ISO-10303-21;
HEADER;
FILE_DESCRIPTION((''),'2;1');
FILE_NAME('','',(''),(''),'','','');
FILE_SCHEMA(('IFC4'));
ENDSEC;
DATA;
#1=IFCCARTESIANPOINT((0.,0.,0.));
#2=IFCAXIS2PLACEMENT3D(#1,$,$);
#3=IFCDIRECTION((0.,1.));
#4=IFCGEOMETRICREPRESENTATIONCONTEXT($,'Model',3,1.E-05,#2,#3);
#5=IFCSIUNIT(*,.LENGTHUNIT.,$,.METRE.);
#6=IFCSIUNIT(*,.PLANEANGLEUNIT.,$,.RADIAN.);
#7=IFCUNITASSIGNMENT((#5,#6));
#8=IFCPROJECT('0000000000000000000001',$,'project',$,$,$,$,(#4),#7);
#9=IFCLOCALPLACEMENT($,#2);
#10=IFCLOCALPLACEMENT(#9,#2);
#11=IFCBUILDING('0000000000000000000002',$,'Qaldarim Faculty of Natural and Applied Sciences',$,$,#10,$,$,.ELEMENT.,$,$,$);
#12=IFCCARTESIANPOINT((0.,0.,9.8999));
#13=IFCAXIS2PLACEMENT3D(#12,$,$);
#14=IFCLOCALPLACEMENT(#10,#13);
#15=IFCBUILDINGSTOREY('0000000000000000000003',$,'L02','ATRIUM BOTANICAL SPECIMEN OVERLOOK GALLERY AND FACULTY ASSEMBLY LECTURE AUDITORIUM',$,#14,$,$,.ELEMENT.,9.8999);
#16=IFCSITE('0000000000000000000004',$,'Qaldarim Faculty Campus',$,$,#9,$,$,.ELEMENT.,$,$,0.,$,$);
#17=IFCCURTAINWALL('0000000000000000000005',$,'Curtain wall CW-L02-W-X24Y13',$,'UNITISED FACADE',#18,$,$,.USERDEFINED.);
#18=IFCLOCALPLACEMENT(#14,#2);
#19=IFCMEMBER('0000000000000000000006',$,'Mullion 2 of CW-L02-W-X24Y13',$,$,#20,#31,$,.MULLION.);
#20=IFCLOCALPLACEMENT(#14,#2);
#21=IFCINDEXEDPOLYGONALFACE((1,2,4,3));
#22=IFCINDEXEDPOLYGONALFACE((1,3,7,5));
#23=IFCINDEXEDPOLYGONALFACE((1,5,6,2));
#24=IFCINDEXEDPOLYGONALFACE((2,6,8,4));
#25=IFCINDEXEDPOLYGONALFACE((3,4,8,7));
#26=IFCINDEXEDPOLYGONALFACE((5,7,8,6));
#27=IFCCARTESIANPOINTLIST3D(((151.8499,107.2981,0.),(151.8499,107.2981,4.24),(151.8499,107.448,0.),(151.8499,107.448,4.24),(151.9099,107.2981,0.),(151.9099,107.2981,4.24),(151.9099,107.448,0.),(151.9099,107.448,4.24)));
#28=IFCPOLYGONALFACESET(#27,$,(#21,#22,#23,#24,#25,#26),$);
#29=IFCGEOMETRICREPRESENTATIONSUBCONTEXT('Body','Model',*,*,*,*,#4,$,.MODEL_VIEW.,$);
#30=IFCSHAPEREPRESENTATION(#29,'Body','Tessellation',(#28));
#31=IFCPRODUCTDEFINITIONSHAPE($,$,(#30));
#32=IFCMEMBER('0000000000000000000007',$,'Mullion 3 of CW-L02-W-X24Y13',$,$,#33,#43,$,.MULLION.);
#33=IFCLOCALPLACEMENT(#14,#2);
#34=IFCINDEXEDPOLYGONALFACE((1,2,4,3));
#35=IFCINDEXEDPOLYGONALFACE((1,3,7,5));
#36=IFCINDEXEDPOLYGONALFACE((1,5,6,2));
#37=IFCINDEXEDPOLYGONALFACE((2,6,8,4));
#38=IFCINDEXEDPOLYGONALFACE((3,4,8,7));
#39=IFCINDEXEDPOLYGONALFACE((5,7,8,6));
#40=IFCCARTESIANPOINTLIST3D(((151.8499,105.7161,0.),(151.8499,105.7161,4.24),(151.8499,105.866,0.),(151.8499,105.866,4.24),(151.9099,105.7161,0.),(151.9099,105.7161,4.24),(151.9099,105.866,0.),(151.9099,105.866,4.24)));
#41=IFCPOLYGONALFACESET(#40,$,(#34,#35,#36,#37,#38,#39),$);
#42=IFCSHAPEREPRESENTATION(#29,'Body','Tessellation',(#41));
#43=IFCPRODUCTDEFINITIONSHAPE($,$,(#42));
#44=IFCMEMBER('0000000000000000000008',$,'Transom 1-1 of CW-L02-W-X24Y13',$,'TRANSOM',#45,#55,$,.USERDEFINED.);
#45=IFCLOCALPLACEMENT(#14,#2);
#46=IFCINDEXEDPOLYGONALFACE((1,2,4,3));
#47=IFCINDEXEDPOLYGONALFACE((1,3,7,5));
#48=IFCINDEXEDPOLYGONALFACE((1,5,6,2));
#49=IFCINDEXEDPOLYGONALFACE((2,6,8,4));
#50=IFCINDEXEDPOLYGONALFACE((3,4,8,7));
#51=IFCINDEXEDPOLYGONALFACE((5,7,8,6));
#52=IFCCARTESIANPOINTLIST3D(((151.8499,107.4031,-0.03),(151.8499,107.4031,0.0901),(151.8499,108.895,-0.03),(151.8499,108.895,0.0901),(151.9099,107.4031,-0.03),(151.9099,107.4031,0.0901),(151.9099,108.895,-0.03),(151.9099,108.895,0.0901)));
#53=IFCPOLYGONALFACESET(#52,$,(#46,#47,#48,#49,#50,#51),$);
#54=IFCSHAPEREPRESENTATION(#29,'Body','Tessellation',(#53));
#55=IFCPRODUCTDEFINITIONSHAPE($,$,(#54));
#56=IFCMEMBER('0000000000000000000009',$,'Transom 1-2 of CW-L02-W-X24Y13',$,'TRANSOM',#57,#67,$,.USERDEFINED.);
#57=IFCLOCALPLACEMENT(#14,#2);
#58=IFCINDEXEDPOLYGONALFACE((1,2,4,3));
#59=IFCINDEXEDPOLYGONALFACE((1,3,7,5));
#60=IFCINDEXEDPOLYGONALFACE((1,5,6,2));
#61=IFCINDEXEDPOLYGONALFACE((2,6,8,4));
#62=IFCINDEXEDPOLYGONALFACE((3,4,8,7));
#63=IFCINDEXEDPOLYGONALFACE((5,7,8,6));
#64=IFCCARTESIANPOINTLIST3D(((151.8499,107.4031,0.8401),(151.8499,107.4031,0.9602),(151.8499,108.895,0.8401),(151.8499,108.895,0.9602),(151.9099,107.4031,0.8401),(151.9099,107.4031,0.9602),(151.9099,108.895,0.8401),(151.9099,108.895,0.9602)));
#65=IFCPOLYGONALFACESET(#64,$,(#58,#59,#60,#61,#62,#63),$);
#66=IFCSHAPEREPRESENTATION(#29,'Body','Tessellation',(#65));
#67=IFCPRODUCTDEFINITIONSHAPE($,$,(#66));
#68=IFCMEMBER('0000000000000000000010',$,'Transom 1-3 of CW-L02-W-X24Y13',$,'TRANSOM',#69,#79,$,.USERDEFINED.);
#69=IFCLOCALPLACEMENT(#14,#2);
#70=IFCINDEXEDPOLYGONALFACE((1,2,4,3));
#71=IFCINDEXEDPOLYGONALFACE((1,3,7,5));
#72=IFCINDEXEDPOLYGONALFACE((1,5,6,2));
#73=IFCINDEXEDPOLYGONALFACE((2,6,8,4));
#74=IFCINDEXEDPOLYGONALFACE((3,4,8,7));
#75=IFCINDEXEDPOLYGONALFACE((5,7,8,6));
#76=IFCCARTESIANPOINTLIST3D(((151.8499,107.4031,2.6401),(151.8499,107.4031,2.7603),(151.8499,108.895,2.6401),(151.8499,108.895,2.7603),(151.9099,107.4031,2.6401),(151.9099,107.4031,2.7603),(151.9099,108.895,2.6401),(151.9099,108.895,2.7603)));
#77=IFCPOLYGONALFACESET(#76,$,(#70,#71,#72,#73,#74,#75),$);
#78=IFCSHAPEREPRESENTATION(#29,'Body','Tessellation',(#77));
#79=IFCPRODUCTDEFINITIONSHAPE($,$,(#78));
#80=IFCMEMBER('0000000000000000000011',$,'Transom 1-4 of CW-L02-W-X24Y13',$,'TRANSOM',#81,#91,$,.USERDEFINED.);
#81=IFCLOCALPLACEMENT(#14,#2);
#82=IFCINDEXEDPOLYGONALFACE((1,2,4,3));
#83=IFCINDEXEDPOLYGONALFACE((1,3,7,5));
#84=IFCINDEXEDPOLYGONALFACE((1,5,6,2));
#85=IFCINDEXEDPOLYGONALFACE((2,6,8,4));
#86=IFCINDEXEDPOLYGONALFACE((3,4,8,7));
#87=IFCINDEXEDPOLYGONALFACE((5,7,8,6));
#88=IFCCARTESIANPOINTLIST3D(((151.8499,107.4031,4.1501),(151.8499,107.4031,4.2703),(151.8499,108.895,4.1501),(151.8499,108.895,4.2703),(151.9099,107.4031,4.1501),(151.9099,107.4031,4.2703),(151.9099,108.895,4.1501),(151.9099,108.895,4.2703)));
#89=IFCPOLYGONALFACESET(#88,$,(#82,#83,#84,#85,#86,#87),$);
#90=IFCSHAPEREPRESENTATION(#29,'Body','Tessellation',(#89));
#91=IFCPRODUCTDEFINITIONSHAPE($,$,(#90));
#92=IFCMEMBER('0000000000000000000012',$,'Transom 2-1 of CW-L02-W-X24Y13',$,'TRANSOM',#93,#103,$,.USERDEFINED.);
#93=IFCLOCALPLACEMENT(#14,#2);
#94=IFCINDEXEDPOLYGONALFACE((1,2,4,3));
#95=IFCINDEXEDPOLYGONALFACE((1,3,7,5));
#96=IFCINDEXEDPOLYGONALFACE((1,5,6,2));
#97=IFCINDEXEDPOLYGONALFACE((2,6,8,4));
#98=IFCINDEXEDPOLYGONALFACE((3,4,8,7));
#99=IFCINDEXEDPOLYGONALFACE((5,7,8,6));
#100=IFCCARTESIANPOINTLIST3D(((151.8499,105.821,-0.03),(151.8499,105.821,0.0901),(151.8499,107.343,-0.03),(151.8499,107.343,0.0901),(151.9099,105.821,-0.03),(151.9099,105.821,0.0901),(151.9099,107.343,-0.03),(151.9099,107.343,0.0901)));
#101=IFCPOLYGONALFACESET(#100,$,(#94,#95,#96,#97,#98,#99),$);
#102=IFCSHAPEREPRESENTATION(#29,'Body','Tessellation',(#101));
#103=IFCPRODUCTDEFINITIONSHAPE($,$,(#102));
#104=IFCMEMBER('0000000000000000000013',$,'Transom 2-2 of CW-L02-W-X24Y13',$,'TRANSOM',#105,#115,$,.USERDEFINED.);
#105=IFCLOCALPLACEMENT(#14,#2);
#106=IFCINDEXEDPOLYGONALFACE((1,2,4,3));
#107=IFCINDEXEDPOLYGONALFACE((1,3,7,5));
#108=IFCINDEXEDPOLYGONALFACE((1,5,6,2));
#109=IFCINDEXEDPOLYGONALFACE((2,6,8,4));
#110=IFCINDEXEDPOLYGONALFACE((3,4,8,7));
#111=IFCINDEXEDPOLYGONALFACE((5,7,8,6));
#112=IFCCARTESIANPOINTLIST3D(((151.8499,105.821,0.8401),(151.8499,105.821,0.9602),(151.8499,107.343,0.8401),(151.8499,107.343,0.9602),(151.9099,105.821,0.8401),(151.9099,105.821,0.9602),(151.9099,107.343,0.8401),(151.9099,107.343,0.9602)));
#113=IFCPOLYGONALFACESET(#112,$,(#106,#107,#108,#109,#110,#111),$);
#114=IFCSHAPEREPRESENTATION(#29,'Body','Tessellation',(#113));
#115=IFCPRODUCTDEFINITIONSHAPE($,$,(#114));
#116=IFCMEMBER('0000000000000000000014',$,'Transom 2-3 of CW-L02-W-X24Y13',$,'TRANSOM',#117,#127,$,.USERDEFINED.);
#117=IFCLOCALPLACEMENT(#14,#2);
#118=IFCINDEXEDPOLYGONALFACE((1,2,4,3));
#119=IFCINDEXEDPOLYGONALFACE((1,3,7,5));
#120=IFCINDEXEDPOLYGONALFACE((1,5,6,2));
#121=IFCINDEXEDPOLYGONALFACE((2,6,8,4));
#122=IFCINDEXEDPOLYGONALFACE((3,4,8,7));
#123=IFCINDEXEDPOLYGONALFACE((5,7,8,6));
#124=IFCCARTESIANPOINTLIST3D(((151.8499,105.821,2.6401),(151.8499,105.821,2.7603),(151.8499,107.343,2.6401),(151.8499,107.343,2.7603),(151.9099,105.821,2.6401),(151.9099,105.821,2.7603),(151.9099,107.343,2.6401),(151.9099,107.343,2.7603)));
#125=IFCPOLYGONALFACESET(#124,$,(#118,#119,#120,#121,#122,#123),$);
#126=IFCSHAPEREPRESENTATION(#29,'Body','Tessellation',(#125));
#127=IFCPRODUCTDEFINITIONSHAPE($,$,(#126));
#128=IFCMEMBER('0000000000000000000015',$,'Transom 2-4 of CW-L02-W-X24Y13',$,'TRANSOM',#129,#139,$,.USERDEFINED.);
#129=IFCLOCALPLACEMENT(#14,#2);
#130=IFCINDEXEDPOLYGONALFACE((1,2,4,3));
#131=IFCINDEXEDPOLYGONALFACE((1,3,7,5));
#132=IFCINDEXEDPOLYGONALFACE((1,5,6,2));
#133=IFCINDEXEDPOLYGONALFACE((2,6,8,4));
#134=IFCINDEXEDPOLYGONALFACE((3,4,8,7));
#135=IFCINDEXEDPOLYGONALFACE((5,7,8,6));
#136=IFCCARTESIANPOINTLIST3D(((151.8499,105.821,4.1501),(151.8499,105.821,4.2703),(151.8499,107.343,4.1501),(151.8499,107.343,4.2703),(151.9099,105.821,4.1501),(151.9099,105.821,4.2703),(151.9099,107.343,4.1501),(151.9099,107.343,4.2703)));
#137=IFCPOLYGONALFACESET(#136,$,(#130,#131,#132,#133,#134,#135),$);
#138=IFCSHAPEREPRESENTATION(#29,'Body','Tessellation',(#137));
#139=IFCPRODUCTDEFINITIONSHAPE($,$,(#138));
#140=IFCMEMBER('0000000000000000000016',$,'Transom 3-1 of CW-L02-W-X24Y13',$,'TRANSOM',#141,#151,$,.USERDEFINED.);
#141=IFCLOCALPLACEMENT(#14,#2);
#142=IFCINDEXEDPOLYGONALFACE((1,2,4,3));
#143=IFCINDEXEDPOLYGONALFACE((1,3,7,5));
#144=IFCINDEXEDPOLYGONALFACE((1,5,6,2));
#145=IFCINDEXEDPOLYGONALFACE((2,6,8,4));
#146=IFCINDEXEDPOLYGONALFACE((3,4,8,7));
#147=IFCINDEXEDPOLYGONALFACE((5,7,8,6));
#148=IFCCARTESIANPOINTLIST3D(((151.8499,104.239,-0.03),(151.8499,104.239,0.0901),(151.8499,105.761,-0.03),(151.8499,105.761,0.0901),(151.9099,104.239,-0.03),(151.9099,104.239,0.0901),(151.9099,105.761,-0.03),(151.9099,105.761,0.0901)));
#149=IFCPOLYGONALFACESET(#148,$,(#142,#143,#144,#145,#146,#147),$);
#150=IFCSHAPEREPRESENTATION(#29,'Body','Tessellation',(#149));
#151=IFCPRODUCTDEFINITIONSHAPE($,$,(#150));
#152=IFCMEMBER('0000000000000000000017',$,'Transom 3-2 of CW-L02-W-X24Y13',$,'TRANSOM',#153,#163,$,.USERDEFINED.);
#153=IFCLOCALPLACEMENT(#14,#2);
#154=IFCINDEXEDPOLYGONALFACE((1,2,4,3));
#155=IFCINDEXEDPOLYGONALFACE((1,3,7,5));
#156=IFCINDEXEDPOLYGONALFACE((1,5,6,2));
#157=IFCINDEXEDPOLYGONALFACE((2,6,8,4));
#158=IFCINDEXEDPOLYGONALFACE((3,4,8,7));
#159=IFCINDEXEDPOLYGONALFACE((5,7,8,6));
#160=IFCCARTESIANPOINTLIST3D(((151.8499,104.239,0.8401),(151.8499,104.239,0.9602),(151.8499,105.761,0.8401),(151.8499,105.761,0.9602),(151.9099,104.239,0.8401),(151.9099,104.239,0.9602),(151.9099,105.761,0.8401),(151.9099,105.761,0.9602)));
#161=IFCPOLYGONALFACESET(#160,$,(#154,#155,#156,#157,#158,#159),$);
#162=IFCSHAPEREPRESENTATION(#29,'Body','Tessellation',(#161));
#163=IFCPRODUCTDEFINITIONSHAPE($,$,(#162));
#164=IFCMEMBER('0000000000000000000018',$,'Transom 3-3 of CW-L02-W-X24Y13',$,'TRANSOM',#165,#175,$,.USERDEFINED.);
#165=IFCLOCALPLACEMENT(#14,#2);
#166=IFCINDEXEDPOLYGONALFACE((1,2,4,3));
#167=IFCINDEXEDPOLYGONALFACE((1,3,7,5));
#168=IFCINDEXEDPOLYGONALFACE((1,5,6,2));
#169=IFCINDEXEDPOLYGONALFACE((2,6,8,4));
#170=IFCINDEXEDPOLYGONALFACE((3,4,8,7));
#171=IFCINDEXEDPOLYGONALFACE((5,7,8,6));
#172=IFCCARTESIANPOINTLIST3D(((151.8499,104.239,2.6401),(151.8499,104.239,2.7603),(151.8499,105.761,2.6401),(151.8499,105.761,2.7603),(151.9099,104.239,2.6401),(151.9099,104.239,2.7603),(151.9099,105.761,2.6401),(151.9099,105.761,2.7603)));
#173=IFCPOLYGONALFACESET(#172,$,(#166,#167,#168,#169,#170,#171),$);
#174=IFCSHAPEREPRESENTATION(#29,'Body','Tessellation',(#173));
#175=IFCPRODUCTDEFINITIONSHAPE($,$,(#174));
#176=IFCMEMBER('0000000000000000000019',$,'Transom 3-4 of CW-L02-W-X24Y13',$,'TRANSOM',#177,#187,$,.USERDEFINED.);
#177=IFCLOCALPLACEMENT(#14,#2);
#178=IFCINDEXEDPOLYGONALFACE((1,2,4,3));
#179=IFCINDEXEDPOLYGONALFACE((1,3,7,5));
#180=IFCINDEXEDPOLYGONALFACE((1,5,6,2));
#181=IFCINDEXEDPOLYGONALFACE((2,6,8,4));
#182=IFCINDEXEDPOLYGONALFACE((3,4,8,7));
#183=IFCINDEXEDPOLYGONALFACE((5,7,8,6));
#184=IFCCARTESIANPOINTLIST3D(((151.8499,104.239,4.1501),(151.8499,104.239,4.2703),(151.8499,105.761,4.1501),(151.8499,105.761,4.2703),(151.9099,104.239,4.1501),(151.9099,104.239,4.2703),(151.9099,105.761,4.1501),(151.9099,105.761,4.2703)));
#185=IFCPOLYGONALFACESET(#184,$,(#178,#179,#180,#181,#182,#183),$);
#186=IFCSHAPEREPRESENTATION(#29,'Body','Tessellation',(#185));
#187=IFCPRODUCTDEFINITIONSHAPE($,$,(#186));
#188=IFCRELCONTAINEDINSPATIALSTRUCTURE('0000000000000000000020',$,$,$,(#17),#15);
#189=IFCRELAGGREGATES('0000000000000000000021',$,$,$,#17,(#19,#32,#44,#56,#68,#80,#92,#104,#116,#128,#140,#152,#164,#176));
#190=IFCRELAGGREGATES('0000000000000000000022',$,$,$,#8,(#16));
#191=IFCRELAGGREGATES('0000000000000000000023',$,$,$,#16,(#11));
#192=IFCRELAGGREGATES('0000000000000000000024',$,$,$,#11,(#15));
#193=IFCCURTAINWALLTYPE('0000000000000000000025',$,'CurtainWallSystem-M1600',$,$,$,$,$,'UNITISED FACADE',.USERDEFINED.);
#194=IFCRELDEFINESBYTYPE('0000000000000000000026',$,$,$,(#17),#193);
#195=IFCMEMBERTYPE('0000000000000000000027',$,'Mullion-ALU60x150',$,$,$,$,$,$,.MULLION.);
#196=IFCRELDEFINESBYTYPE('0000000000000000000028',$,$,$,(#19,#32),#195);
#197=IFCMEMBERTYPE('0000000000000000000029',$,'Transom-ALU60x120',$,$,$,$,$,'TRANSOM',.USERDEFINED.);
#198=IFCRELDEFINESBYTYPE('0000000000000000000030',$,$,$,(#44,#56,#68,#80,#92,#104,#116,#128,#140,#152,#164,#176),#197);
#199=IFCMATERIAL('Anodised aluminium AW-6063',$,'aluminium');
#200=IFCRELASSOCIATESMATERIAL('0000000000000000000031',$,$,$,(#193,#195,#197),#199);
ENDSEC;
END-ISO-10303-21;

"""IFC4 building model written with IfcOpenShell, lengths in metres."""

from ifc_helpers import new_model, si_unit, direction, frame, origin, origin_2d, place, context, subcontext, project, spatial, rectangle, extrude, material, material_profile, profile_set, type_object, element, aggregate, save


model = new_model("IFC4")

# Units and contexts
model_context = context("Model", 3, precision=1e-05, world=origin(), true_north=direction((0.0, 1.0)))
body_context = subcontext(model_context, "Body", "Model", "MODEL_VIEW")
ifc_project = project(units=[si_unit("LENGTHUNIT", "METRE"), si_unit("PLANEANGLEUNIT", "RADIAN")], contexts=[model_context])

# Site, building, storey
site_placement = place(None, origin())
site = spatial("IfcSite", under=ifc_project, at=site_placement, Name="Qaldarim Faculty Campus", CompositionType="ELEMENT", RefElevation=0.0)
building_placement = place(site_placement, origin())
building = spatial("IfcBuilding", under=site, at=building_placement, Name="Qaldarim Faculty of Natural and Applied Sciences", CompositionType="ELEMENT")
storey_placement = place(building_placement, frame((0.0, 0.0, 9.8999)))
storey = spatial("IfcBuildingStorey", under=building, at=storey_placement, Name="L02", Description="ATRIUM BOTANICAL SPECIMEN OVERLOOK GALLERY AND FACULTY ASSEMBLY LECTURE AUDITORIUM", CompositionType="ELEMENT", Elevation=9.8999)

# Curtain wall, members
ifc_material_1 = material(Name="Anodised aluminium AW-6063", Category="aluminium")
curtain_wall_type = type_object("IfcCurtainWallType", Name="CurtainWallSystem-M1600", ElementType="UNITISED FACADE", PredefinedType="USERDEFINED", material=ifc_material_1)
curtain_wall_placement = place(storey_placement, origin())
curtain_wall = element("IfcCurtainWall", 1, at=curtain_wall_placement, inside=storey, type_object=curtain_wall_type, Name="Curtain wall CW-L02-W-X24Y13", ObjectType="UNITISED FACADE", PredefinedType="USERDEFINED")
ifc_material_profile_1 = material_profile(ifc_material_1, rectangle(XDim=0.0601, YDim=0.1499, at=origin_2d()), Name="ALU-M60x150")
ifc_profile_set_1 = profile_set([ifc_material_profile_1], Name="Anodised aluminium AW-6063")
member_type_1 = type_object("IfcMemberType", Name="Mullion-ALU60x150", PredefinedType="MULLION", material=ifc_profile_set_1)
member_1_placement = place(storey_placement, frame((151.8799, 107.373, 0.0), z_axis=(0.0, 0.0, 1.0), x_axis=(1.0, 0.0, 0.0)))
member_1 = element("IfcMember", 2, at=member_1_placement, type_object=member_type_1, Name="Mullion 2 of CW-L02-W-X24Y13", PredefinedType="MULLION", context=body_context, shape_type="SweptSolid", body=[
    extrude(rectangle(XDim=0.0601, YDim=0.1499, at=origin_2d()), origin(), (0.0, 0.0, 1.0), 4.24),
])
member_2_placement = place(storey_placement, frame((151.8799, 105.791, 0.0), z_axis=(0.0, 0.0, 1.0), x_axis=(1.0, 0.0, 0.0)))
member_2 = element("IfcMember", 3, at=member_2_placement, type_object=member_type_1, Name="Mullion 3 of CW-L02-W-X24Y13", PredefinedType="MULLION", context=body_context, shape_type="SweptSolid", body=[
    extrude(rectangle(XDim=0.0601, YDim=0.1499, at=origin_2d()), origin(), (0.0, 0.0, 1.0), 4.24),
])
ifc_material_profile_2 = material_profile(ifc_material_1, rectangle(XDim=0.0601, YDim=0.1201, at=origin_2d()), Name="ALU-T60x120")
ifc_profile_set_2 = profile_set([ifc_material_profile_2], Name="Anodised aluminium AW-6063")
member_type_2 = type_object("IfcMemberType", Name="Transom-ALU60x120", ElementType="TRANSOM", PredefinedType="USERDEFINED", material=ifc_profile_set_2)
member_3_placement = place(storey_placement, frame((151.8799, 108.895, 0.03), z_axis=(0.0, -1.0, 0.0), x_axis=(1.0, 0.0, 0.0)))
member_3 = element("IfcMember", 4, at=member_3_placement, type_object=member_type_2, Name="Transom 1-1 of CW-L02-W-X24Y13", ObjectType="TRANSOM", PredefinedType="USERDEFINED", context=body_context, shape_type="SweptSolid", body=[
    extrude(rectangle(XDim=0.0601, YDim=0.1201, at=origin_2d()), origin(), (0.0, 0.0, 1.0), 1.4919),
])
member_4_placement = place(storey_placement, frame((151.8799, 108.895, 0.9001), z_axis=(0.0, -1.0, 0.0), x_axis=(1.0, 0.0, 0.0)))
member_4 = element("IfcMember", 5, at=member_4_placement, type_object=member_type_2, Name="Transom 1-2 of CW-L02-W-X24Y13", ObjectType="TRANSOM", PredefinedType="USERDEFINED", context=body_context, shape_type="SweptSolid", body=[
    extrude(rectangle(XDim=0.0601, YDim=0.1201, at=origin_2d()), origin(), (0.0, 0.0, 1.0), 1.4919),
])
member_5_placement = place(storey_placement, frame((151.8799, 108.895, 2.7002), z_axis=(0.0, -1.0, 0.0), x_axis=(1.0, 0.0, 0.0)))
member_5 = element("IfcMember", 6, at=member_5_placement, type_object=member_type_2, Name="Transom 1-3 of CW-L02-W-X24Y13", ObjectType="TRANSOM", PredefinedType="USERDEFINED", context=body_context, shape_type="SweptSolid", body=[
    extrude(rectangle(XDim=0.0601, YDim=0.1201, at=origin_2d()), origin(), (0.0, 0.0, 1.0), 1.4919),
])
member_6_placement = place(storey_placement, frame((151.8799, 108.895, 4.2102), z_axis=(0.0, -1.0, 0.0), x_axis=(1.0, 0.0, 0.0)))
member_6 = element("IfcMember", 7, at=member_6_placement, type_object=member_type_2, Name="Transom 1-4 of CW-L02-W-X24Y13", ObjectType="TRANSOM", PredefinedType="USERDEFINED", context=body_context, shape_type="SweptSolid", body=[
    extrude(rectangle(XDim=0.0601, YDim=0.1201, at=origin_2d()), origin(), (0.0, 0.0, 1.0), 1.4919),
])
member_7_placement = place(storey_placement, frame((151.8799, 107.343, 0.03), z_axis=(0.0, -1.0, 0.0), x_axis=(1.0, 0.0, 0.0)))
member_7 = element("IfcMember", 8, at=member_7_placement, type_object=member_type_2, Name="Transom 2-1 of CW-L02-W-X24Y13", ObjectType="TRANSOM", PredefinedType="USERDEFINED", context=body_context, shape_type="SweptSolid", body=[
    extrude(rectangle(XDim=0.0601, YDim=0.1201, at=origin_2d()), origin(), (0.0, 0.0, 1.0), 1.522),
])
member_8_placement = place(storey_placement, frame((151.8799, 107.343, 0.9001), z_axis=(0.0, -1.0, 0.0), x_axis=(1.0, 0.0, 0.0)))
member_8 = element("IfcMember", 9, at=member_8_placement, type_object=member_type_2, Name="Transom 2-2 of CW-L02-W-X24Y13", ObjectType="TRANSOM", PredefinedType="USERDEFINED", context=body_context, shape_type="SweptSolid", body=[
    extrude(rectangle(XDim=0.0601, YDim=0.1201, at=origin_2d()), origin(), (0.0, 0.0, 1.0), 1.522),
])
member_9_placement = place(storey_placement, frame((151.8799, 107.343, 2.7002), z_axis=(0.0, -1.0, 0.0), x_axis=(1.0, 0.0, 0.0)))
member_9 = element("IfcMember", 10, at=member_9_placement, type_object=member_type_2, Name="Transom 2-3 of CW-L02-W-X24Y13", ObjectType="TRANSOM", PredefinedType="USERDEFINED", context=body_context, shape_type="SweptSolid", body=[
    extrude(rectangle(XDim=0.0601, YDim=0.1201, at=origin_2d()), origin(), (0.0, 0.0, 1.0), 1.522),
])
member_10_placement = place(storey_placement, frame((151.8799, 107.343, 4.2102), z_axis=(0.0, -1.0, 0.0), x_axis=(1.0, 0.0, 0.0)))
member_10 = element("IfcMember", 11, at=member_10_placement, type_object=member_type_2, Name="Transom 2-4 of CW-L02-W-X24Y13", ObjectType="TRANSOM", PredefinedType="USERDEFINED", context=body_context, shape_type="SweptSolid", body=[
    extrude(rectangle(XDim=0.0601, YDim=0.1201, at=origin_2d()), origin(), (0.0, 0.0, 1.0), 1.522),
])
member_11_placement = place(storey_placement, frame((151.8799, 105.761, 0.03), z_axis=(0.0, -1.0, 0.0), x_axis=(1.0, 0.0, 0.0)))
member_11 = element("IfcMember", 12, at=member_11_placement, type_object=member_type_2, Name="Transom 3-1 of CW-L02-W-X24Y13", ObjectType="TRANSOM", PredefinedType="USERDEFINED", context=body_context, shape_type="SweptSolid", body=[
    extrude(rectangle(XDim=0.0601, YDim=0.1201, at=origin_2d()), origin(), (0.0, 0.0, 1.0), 1.522),
])
member_12_placement = place(storey_placement, frame((151.8799, 105.761, 0.9001), z_axis=(0.0, -1.0, 0.0), x_axis=(1.0, 0.0, 0.0)))
member_12 = element("IfcMember", 13, at=member_12_placement, type_object=member_type_2, Name="Transom 3-2 of CW-L02-W-X24Y13", ObjectType="TRANSOM", PredefinedType="USERDEFINED", context=body_context, shape_type="SweptSolid", body=[
    extrude(rectangle(XDim=0.0601, YDim=0.1201, at=origin_2d()), origin(), (0.0, 0.0, 1.0), 1.522),
])
member_13_placement = place(storey_placement, frame((151.8799, 105.761, 2.7002), z_axis=(0.0, -1.0, 0.0), x_axis=(1.0, 0.0, 0.0)))
member_13 = element("IfcMember", 14, at=member_13_placement, type_object=member_type_2, Name="Transom 3-3 of CW-L02-W-X24Y13", ObjectType="TRANSOM", PredefinedType="USERDEFINED", context=body_context, shape_type="SweptSolid", body=[
    extrude(rectangle(XDim=0.0601, YDim=0.1201, at=origin_2d()), origin(), (0.0, 0.0, 1.0), 1.522),
])
member_14_placement = place(storey_placement, frame((151.8799, 105.761, 4.2102), z_axis=(0.0, -1.0, 0.0), x_axis=(1.0, 0.0, 0.0)))
member_14 = element("IfcMember", 15, at=member_14_placement, type_object=member_type_2, Name="Transom 3-4 of CW-L02-W-X24Y13", ObjectType="TRANSOM", PredefinedType="USERDEFINED", context=body_context, shape_type="SweptSolid", body=[
    extrude(rectangle(XDim=0.0601, YDim=0.1201, at=origin_2d()), origin(), (0.0, 0.0, 1.0), 1.522),
])
aggregate(curtain_wall, [member_1, member_2, member_3, member_4, member_5, member_6, member_7, member_8, member_9, member_10, member_11, member_12, member_13, member_14])

save(model, "model.ifc")
